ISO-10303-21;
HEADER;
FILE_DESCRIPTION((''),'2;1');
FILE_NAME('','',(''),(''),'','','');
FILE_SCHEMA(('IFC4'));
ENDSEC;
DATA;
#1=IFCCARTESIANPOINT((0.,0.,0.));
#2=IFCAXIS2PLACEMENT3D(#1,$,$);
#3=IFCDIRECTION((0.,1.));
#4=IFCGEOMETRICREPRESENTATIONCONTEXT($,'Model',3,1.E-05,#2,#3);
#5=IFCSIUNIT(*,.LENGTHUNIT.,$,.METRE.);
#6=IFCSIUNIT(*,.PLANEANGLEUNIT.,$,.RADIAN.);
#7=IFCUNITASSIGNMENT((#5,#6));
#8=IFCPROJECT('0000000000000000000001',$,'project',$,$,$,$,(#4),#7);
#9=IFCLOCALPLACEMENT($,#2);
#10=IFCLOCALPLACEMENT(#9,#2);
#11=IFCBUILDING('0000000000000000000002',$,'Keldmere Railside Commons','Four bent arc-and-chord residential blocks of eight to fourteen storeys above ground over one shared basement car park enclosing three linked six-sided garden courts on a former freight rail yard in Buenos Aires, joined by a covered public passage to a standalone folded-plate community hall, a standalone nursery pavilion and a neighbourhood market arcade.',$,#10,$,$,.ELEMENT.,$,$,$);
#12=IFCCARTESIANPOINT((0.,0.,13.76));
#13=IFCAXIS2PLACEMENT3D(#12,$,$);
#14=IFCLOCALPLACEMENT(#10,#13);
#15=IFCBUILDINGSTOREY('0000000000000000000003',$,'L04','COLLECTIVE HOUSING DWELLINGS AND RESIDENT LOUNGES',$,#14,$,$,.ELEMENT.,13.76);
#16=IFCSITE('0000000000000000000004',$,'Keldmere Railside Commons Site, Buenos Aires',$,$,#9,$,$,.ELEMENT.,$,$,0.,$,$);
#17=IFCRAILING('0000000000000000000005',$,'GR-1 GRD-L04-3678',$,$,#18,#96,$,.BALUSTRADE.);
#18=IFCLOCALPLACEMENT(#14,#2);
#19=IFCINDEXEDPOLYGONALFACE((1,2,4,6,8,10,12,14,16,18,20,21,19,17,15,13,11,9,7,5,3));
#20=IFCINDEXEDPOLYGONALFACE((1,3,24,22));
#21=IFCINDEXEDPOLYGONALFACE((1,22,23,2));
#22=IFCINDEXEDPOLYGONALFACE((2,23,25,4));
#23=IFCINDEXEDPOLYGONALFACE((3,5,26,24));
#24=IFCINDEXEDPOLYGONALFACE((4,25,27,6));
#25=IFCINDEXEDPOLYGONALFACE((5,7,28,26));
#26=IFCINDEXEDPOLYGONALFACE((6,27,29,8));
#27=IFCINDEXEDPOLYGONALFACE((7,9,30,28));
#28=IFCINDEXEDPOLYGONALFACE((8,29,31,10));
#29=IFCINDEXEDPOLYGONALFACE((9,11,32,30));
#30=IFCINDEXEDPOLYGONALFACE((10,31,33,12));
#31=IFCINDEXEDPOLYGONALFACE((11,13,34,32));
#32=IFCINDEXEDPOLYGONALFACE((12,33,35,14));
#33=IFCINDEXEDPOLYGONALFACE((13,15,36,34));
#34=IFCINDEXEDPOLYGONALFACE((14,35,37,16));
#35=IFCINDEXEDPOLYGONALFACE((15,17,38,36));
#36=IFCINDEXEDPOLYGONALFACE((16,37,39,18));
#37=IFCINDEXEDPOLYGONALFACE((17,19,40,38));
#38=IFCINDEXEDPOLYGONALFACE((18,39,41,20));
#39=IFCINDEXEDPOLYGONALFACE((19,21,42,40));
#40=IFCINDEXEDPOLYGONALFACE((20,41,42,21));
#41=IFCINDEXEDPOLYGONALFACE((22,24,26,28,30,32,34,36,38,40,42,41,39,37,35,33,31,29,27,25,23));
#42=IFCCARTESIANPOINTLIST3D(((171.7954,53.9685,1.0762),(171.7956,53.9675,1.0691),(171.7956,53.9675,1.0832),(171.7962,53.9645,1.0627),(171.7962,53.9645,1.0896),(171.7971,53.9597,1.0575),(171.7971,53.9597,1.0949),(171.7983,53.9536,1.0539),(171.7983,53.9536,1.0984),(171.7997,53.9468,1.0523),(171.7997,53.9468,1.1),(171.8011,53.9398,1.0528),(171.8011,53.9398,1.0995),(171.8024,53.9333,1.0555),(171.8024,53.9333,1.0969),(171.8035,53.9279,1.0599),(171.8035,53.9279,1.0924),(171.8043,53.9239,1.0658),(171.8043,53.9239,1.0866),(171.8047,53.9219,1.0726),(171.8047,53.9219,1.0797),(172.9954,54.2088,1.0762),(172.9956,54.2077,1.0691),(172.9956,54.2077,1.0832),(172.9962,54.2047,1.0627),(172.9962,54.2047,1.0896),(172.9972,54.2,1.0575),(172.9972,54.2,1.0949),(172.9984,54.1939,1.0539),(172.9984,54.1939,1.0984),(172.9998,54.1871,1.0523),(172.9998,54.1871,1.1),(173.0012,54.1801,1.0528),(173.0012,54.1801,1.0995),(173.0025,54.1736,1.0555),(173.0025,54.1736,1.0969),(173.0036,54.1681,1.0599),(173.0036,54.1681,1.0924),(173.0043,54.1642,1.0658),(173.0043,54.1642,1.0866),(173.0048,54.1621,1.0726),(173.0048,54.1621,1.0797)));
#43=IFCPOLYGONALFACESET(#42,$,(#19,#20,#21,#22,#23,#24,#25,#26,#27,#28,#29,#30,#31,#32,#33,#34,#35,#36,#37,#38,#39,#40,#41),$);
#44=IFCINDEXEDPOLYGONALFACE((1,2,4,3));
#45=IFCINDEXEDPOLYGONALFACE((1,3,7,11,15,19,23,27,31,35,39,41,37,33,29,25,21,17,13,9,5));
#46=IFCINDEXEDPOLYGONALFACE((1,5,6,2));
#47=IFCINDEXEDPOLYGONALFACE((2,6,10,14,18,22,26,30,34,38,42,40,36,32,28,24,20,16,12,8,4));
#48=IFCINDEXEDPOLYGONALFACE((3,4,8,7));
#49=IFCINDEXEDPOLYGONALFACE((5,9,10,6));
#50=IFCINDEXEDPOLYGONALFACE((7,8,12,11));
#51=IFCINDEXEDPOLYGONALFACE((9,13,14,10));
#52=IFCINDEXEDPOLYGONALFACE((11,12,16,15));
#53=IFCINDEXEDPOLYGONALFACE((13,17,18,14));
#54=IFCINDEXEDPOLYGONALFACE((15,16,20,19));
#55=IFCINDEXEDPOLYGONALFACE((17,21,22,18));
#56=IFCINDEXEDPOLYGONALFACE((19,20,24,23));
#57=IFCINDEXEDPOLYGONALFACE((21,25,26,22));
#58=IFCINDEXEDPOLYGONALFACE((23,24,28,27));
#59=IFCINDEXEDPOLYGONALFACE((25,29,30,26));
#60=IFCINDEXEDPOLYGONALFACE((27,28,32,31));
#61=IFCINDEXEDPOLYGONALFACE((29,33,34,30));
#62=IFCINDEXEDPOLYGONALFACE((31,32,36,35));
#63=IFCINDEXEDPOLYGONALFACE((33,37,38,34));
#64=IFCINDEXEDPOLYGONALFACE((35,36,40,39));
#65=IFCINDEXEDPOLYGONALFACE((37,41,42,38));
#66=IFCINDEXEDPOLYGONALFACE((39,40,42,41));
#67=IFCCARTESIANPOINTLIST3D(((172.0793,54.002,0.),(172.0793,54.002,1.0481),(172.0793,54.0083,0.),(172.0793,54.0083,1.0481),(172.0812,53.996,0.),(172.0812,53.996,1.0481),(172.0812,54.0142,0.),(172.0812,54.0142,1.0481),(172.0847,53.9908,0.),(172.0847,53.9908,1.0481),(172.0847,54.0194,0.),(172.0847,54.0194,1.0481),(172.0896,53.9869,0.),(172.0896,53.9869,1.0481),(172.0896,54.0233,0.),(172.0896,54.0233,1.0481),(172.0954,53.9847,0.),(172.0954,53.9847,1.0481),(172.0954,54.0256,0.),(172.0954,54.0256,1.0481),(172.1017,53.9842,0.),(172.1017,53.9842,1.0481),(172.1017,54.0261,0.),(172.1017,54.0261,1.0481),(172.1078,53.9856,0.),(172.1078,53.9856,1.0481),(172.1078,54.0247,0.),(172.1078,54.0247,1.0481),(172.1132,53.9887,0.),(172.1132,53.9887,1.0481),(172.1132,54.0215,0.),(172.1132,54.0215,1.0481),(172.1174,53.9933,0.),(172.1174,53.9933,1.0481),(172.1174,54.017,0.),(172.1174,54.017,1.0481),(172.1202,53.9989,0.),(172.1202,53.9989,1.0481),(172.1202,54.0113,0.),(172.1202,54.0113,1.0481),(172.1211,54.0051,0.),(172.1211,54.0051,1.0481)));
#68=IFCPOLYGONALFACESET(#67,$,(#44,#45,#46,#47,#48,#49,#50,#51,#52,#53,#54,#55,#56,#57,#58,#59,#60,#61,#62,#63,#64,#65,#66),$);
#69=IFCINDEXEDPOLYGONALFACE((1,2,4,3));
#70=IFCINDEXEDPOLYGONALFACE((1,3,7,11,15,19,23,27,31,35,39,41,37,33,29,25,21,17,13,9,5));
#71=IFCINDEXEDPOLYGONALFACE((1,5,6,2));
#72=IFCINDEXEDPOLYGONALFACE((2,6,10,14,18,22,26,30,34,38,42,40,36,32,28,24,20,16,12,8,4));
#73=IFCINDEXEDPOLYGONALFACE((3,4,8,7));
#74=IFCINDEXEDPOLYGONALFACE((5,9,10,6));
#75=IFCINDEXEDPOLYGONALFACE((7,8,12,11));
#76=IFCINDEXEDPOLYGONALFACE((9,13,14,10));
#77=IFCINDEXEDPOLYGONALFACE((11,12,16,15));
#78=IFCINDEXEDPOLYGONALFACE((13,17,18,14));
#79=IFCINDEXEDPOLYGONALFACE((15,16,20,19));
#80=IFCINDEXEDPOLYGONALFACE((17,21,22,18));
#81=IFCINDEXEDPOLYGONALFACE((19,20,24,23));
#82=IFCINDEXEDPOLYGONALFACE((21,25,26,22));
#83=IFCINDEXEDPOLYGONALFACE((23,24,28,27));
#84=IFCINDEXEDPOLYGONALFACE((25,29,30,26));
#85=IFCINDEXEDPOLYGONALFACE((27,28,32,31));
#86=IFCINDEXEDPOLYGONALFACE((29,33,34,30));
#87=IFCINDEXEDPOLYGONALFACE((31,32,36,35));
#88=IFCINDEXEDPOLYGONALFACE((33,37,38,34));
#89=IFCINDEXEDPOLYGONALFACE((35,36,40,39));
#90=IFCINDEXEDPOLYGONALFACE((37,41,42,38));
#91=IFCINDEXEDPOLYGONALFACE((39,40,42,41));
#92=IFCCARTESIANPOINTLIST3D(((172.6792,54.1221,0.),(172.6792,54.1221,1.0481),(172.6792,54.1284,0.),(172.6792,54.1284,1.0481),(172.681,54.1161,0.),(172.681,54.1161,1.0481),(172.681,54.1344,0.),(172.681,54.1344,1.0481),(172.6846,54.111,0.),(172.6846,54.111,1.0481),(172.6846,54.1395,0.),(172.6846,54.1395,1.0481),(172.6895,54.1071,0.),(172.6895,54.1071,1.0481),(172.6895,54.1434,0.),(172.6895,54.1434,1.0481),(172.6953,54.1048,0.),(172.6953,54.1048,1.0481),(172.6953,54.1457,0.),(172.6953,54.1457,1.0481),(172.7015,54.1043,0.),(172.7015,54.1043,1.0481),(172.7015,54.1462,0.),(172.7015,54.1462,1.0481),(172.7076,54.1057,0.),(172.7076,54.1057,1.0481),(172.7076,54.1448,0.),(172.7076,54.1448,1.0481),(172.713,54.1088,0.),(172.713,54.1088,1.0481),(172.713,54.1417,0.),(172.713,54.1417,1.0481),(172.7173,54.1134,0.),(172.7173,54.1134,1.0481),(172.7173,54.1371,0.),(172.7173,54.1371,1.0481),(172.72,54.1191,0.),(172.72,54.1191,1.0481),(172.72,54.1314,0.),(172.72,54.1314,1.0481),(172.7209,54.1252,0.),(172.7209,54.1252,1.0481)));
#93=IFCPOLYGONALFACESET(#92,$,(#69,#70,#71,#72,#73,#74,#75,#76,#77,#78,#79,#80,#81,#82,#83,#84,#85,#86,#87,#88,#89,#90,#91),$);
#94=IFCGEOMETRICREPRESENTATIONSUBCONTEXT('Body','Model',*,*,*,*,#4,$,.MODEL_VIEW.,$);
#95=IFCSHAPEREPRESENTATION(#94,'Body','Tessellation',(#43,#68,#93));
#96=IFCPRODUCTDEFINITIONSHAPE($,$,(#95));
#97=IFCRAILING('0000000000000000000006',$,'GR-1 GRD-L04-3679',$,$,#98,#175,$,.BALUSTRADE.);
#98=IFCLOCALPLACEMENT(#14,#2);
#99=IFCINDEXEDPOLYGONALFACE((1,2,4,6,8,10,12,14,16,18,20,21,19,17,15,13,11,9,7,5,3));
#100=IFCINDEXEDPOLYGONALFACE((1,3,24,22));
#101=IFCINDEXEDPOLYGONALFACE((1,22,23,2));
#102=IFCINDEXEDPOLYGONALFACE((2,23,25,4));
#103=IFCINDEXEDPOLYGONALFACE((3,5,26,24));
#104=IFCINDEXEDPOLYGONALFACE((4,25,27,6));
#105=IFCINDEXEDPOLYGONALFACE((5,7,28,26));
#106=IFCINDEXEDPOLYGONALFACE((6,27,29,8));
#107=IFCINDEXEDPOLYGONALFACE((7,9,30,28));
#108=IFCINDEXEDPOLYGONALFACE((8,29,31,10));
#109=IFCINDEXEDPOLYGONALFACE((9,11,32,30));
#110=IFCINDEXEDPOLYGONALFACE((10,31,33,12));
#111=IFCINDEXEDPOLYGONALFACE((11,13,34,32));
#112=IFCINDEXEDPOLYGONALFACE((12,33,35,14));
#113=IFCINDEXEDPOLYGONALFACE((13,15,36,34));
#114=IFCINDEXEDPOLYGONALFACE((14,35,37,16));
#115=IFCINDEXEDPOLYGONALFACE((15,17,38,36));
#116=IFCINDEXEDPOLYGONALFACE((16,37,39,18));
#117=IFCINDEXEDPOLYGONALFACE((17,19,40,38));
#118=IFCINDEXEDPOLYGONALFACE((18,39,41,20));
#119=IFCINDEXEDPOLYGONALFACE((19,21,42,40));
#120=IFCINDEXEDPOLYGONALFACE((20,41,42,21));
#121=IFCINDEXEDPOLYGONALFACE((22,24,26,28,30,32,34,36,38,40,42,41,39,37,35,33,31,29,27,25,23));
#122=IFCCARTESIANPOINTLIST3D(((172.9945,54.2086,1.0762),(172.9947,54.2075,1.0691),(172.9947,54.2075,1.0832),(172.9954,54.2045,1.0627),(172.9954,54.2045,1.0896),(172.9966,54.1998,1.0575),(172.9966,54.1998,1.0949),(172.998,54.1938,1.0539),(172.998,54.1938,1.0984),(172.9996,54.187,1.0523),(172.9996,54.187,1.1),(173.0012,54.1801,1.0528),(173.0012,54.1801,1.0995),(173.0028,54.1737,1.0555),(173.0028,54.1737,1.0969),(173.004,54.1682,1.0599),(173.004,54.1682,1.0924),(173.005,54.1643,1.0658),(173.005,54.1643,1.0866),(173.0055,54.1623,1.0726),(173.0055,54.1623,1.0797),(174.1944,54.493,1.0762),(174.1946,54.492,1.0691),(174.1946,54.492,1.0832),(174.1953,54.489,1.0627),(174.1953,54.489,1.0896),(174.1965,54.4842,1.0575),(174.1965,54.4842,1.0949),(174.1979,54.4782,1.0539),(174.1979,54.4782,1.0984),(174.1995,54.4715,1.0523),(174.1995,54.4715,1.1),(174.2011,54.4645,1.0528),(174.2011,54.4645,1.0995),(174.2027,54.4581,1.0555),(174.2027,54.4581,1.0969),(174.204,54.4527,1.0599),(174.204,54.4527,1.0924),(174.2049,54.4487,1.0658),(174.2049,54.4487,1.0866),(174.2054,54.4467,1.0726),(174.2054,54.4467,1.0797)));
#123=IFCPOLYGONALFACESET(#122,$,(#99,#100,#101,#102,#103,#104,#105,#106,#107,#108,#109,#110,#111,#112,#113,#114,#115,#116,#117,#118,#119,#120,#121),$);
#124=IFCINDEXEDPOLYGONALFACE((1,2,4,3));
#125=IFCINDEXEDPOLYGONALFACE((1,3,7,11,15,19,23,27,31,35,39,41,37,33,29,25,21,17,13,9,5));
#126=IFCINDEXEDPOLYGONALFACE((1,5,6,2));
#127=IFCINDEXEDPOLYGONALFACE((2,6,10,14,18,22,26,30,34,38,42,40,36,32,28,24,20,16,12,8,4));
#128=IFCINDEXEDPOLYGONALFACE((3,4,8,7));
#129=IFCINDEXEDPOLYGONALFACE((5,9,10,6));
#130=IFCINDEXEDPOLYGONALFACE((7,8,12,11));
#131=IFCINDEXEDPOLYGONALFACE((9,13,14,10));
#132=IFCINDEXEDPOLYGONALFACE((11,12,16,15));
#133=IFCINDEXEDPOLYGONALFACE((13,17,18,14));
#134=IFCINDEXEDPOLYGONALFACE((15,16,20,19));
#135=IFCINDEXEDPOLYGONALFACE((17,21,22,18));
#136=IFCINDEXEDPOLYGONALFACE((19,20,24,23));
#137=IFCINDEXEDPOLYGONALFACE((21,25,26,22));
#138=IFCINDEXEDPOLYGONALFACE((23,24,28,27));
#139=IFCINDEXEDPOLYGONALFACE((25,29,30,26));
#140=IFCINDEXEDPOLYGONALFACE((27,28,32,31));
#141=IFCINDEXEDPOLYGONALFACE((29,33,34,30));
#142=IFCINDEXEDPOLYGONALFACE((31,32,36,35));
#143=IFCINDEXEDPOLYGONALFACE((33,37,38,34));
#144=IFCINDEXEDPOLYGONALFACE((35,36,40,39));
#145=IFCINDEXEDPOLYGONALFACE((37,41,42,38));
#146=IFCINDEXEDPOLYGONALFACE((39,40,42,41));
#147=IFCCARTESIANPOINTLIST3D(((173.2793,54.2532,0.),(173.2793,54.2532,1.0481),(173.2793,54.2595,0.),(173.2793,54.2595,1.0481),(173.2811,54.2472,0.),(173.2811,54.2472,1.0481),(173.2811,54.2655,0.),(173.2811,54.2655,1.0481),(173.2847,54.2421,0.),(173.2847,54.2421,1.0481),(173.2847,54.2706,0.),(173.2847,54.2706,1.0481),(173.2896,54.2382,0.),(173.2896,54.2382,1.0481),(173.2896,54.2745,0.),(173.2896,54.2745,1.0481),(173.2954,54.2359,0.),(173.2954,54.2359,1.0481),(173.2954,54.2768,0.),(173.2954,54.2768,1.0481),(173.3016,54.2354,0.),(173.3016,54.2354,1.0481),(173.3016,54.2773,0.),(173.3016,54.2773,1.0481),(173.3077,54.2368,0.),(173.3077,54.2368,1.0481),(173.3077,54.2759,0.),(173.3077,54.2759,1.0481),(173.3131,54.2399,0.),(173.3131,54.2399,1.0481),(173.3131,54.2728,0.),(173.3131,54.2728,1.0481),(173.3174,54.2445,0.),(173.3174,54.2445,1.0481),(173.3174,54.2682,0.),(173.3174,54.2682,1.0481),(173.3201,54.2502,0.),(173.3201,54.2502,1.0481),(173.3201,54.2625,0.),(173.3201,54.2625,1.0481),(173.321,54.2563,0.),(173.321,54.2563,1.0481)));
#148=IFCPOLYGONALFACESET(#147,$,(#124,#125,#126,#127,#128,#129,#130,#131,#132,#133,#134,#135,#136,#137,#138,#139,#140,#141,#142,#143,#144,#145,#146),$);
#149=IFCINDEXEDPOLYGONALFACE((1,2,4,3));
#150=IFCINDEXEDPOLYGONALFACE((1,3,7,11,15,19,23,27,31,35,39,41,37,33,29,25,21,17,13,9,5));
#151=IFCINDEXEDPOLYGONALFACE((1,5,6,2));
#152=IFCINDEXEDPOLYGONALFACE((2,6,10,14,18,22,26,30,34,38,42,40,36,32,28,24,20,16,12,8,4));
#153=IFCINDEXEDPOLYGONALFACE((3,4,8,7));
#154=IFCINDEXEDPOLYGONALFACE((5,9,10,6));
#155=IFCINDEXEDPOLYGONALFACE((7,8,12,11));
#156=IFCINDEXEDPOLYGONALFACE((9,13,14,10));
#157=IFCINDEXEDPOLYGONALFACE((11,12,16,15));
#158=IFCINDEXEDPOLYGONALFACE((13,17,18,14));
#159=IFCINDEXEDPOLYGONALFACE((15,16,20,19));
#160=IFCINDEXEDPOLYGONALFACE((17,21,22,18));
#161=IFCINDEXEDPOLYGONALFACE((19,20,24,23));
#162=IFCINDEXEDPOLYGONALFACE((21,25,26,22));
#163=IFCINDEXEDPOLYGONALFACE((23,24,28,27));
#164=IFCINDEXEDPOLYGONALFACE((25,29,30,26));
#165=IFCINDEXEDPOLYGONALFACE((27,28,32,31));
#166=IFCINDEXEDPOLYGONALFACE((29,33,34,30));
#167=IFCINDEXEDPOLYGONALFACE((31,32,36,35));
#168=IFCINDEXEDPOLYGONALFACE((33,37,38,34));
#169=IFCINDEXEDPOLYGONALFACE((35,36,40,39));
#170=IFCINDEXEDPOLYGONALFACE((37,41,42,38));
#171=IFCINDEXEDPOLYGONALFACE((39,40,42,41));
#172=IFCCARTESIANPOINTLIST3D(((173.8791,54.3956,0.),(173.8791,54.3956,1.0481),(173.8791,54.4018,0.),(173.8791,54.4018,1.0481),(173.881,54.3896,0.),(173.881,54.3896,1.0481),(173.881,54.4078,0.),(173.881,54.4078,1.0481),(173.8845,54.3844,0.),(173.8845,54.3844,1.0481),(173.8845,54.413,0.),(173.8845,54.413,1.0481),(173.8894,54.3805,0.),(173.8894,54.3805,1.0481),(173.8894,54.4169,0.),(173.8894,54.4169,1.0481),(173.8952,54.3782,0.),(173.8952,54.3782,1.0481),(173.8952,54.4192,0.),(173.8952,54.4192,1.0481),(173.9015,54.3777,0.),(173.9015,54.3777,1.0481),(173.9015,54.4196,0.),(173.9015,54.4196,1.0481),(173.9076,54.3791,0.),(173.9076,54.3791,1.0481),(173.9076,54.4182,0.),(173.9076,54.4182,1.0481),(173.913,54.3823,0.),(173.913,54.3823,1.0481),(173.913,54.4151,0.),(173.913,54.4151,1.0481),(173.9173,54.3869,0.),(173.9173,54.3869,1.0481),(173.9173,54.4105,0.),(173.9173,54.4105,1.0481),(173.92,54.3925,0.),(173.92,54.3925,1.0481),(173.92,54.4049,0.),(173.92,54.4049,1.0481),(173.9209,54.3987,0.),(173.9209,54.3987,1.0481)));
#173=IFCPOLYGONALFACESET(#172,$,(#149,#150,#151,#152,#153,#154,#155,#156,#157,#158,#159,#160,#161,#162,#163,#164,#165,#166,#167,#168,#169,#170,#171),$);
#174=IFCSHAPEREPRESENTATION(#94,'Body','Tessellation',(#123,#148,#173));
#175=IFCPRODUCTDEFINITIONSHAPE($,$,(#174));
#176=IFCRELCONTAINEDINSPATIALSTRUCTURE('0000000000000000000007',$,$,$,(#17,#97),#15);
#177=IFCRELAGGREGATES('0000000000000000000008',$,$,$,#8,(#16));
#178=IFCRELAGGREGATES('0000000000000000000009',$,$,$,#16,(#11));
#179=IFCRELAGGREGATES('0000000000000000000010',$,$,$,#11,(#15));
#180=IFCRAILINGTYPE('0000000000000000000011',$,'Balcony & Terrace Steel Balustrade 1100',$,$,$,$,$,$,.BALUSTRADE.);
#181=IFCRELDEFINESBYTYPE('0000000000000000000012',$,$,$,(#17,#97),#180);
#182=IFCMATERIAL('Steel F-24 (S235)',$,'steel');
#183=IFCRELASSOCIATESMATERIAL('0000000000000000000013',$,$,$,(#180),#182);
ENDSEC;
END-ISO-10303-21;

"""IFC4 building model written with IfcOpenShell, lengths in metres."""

from ifc_helpers import new_model, si_unit, direction, frame, origin, origin_2d, place, context, subcontext, project, spatial, circle, extrude, material, type_object, element, save


model = new_model("IFC4")

# Units and contexts
model_context = context("Model", 3, precision=1e-05, world=origin(), true_north=direction((0.0, 1.0)))
body_context = subcontext(model_context, "Body", "Model", "MODEL_VIEW")
ifc_project = project(units=[si_unit("LENGTHUNIT", "METRE"), si_unit("PLANEANGLEUNIT", "RADIAN")], contexts=[model_context])

# Site, building, storey
site_placement = place(None, origin())
site = spatial("IfcSite", under=ifc_project, at=site_placement, Name="Keldmere Railside Commons Site, Buenos Aires", CompositionType="ELEMENT", RefElevation=0.0)
building_placement = place(site_placement, origin())
building = spatial("IfcBuilding", under=site, at=building_placement, Name="Keldmere Railside Commons", Description="Four bent arc-and-chord residential blocks of eight to fourteen storeys above ground over one shared basement car park enclosing three linked six-sided garden courts on a former freight rail yard in Buenos Aires, joined by a covered public passage to a standalone folded-plate community hall, a standalone nursery pavilion and a neighbourhood market arcade.", CompositionType="ELEMENT")
storey_placement = place(building_placement, frame((0.0, 0.0, 13.76)))
storey = spatial("IfcBuildingStorey", under=building, at=storey_placement, Name="L04", Description="COLLECTIVE HOUSING DWELLINGS AND RESIDENT LOUNGES", CompositionType="ELEMENT", Elevation=13.76)

# Railings
ifc_material_1 = material(Name="Steel F-24 (S235)", Category="steel")
railing_type = type_object("IfcRailingType", Name="Balcony & Terrace Steel Balustrade 1100", PredefinedType="BALUSTRADE", material=ifc_material_1)
railing_1_placement = place(storey_placement, frame((171.8, 53.9451, 0.0)))
element("IfcRailing", 1, at=railing_1_placement, inside=storey, type_object=railing_type, Name="GR-1 GRD-L04-3678", PredefinedType="BALUSTRADE", context=body_context, shape_type="SweptSolid", body=[
    extrude(circle(Radius=0.0239, at=origin_2d()), frame((0.0, 0.0, 1.0762), z_axis=(0.980542, 0.196308, 0.0), x_axis=(-0.196308, 0.980542, 0.0)), (0.0, 0.0, 1.0), 1.2239),
    extrude(circle(Radius=0.021, at=origin_2d()), frame((0.3, 0.0601, 0.0)), (0.0, 0.0, 1.0), 1.0481),
    extrude(circle(Radius=0.021, at=origin_2d()), frame((0.8999, 0.1802, 0.0)), (0.0, 0.0, 1.0), 1.0481),
])
railing_2_placement = place(storey_placement, frame((173.0, 54.1853, 0.0)))
element("IfcRailing", 2, at=railing_2_placement, inside=storey, type_object=railing_type, Name="GR-1 GRD-L04-3679", PredefinedType="BALUSTRADE", context=body_context, shape_type="SweptSolid", body=[
    extrude(circle(Radius=0.0239, at=origin_2d()), frame((0.0, 0.0, 1.0762), z_axis=(0.973039, 0.230639, 0.0), x_axis=(-0.230639, 0.973039, 0.0)), (0.0, 0.0, 1.0), 1.2332),
    extrude(circle(Radius=0.021, at=origin_2d()), frame((0.3, 0.071, 0.0)), (0.0, 0.0, 1.0), 1.0481),
    extrude(circle(Radius=0.021, at=origin_2d()), frame((0.8999, 0.2134, 0.0)), (0.0, 0.0, 1.0), 1.0481),
])

save(model, "model.ifc")
